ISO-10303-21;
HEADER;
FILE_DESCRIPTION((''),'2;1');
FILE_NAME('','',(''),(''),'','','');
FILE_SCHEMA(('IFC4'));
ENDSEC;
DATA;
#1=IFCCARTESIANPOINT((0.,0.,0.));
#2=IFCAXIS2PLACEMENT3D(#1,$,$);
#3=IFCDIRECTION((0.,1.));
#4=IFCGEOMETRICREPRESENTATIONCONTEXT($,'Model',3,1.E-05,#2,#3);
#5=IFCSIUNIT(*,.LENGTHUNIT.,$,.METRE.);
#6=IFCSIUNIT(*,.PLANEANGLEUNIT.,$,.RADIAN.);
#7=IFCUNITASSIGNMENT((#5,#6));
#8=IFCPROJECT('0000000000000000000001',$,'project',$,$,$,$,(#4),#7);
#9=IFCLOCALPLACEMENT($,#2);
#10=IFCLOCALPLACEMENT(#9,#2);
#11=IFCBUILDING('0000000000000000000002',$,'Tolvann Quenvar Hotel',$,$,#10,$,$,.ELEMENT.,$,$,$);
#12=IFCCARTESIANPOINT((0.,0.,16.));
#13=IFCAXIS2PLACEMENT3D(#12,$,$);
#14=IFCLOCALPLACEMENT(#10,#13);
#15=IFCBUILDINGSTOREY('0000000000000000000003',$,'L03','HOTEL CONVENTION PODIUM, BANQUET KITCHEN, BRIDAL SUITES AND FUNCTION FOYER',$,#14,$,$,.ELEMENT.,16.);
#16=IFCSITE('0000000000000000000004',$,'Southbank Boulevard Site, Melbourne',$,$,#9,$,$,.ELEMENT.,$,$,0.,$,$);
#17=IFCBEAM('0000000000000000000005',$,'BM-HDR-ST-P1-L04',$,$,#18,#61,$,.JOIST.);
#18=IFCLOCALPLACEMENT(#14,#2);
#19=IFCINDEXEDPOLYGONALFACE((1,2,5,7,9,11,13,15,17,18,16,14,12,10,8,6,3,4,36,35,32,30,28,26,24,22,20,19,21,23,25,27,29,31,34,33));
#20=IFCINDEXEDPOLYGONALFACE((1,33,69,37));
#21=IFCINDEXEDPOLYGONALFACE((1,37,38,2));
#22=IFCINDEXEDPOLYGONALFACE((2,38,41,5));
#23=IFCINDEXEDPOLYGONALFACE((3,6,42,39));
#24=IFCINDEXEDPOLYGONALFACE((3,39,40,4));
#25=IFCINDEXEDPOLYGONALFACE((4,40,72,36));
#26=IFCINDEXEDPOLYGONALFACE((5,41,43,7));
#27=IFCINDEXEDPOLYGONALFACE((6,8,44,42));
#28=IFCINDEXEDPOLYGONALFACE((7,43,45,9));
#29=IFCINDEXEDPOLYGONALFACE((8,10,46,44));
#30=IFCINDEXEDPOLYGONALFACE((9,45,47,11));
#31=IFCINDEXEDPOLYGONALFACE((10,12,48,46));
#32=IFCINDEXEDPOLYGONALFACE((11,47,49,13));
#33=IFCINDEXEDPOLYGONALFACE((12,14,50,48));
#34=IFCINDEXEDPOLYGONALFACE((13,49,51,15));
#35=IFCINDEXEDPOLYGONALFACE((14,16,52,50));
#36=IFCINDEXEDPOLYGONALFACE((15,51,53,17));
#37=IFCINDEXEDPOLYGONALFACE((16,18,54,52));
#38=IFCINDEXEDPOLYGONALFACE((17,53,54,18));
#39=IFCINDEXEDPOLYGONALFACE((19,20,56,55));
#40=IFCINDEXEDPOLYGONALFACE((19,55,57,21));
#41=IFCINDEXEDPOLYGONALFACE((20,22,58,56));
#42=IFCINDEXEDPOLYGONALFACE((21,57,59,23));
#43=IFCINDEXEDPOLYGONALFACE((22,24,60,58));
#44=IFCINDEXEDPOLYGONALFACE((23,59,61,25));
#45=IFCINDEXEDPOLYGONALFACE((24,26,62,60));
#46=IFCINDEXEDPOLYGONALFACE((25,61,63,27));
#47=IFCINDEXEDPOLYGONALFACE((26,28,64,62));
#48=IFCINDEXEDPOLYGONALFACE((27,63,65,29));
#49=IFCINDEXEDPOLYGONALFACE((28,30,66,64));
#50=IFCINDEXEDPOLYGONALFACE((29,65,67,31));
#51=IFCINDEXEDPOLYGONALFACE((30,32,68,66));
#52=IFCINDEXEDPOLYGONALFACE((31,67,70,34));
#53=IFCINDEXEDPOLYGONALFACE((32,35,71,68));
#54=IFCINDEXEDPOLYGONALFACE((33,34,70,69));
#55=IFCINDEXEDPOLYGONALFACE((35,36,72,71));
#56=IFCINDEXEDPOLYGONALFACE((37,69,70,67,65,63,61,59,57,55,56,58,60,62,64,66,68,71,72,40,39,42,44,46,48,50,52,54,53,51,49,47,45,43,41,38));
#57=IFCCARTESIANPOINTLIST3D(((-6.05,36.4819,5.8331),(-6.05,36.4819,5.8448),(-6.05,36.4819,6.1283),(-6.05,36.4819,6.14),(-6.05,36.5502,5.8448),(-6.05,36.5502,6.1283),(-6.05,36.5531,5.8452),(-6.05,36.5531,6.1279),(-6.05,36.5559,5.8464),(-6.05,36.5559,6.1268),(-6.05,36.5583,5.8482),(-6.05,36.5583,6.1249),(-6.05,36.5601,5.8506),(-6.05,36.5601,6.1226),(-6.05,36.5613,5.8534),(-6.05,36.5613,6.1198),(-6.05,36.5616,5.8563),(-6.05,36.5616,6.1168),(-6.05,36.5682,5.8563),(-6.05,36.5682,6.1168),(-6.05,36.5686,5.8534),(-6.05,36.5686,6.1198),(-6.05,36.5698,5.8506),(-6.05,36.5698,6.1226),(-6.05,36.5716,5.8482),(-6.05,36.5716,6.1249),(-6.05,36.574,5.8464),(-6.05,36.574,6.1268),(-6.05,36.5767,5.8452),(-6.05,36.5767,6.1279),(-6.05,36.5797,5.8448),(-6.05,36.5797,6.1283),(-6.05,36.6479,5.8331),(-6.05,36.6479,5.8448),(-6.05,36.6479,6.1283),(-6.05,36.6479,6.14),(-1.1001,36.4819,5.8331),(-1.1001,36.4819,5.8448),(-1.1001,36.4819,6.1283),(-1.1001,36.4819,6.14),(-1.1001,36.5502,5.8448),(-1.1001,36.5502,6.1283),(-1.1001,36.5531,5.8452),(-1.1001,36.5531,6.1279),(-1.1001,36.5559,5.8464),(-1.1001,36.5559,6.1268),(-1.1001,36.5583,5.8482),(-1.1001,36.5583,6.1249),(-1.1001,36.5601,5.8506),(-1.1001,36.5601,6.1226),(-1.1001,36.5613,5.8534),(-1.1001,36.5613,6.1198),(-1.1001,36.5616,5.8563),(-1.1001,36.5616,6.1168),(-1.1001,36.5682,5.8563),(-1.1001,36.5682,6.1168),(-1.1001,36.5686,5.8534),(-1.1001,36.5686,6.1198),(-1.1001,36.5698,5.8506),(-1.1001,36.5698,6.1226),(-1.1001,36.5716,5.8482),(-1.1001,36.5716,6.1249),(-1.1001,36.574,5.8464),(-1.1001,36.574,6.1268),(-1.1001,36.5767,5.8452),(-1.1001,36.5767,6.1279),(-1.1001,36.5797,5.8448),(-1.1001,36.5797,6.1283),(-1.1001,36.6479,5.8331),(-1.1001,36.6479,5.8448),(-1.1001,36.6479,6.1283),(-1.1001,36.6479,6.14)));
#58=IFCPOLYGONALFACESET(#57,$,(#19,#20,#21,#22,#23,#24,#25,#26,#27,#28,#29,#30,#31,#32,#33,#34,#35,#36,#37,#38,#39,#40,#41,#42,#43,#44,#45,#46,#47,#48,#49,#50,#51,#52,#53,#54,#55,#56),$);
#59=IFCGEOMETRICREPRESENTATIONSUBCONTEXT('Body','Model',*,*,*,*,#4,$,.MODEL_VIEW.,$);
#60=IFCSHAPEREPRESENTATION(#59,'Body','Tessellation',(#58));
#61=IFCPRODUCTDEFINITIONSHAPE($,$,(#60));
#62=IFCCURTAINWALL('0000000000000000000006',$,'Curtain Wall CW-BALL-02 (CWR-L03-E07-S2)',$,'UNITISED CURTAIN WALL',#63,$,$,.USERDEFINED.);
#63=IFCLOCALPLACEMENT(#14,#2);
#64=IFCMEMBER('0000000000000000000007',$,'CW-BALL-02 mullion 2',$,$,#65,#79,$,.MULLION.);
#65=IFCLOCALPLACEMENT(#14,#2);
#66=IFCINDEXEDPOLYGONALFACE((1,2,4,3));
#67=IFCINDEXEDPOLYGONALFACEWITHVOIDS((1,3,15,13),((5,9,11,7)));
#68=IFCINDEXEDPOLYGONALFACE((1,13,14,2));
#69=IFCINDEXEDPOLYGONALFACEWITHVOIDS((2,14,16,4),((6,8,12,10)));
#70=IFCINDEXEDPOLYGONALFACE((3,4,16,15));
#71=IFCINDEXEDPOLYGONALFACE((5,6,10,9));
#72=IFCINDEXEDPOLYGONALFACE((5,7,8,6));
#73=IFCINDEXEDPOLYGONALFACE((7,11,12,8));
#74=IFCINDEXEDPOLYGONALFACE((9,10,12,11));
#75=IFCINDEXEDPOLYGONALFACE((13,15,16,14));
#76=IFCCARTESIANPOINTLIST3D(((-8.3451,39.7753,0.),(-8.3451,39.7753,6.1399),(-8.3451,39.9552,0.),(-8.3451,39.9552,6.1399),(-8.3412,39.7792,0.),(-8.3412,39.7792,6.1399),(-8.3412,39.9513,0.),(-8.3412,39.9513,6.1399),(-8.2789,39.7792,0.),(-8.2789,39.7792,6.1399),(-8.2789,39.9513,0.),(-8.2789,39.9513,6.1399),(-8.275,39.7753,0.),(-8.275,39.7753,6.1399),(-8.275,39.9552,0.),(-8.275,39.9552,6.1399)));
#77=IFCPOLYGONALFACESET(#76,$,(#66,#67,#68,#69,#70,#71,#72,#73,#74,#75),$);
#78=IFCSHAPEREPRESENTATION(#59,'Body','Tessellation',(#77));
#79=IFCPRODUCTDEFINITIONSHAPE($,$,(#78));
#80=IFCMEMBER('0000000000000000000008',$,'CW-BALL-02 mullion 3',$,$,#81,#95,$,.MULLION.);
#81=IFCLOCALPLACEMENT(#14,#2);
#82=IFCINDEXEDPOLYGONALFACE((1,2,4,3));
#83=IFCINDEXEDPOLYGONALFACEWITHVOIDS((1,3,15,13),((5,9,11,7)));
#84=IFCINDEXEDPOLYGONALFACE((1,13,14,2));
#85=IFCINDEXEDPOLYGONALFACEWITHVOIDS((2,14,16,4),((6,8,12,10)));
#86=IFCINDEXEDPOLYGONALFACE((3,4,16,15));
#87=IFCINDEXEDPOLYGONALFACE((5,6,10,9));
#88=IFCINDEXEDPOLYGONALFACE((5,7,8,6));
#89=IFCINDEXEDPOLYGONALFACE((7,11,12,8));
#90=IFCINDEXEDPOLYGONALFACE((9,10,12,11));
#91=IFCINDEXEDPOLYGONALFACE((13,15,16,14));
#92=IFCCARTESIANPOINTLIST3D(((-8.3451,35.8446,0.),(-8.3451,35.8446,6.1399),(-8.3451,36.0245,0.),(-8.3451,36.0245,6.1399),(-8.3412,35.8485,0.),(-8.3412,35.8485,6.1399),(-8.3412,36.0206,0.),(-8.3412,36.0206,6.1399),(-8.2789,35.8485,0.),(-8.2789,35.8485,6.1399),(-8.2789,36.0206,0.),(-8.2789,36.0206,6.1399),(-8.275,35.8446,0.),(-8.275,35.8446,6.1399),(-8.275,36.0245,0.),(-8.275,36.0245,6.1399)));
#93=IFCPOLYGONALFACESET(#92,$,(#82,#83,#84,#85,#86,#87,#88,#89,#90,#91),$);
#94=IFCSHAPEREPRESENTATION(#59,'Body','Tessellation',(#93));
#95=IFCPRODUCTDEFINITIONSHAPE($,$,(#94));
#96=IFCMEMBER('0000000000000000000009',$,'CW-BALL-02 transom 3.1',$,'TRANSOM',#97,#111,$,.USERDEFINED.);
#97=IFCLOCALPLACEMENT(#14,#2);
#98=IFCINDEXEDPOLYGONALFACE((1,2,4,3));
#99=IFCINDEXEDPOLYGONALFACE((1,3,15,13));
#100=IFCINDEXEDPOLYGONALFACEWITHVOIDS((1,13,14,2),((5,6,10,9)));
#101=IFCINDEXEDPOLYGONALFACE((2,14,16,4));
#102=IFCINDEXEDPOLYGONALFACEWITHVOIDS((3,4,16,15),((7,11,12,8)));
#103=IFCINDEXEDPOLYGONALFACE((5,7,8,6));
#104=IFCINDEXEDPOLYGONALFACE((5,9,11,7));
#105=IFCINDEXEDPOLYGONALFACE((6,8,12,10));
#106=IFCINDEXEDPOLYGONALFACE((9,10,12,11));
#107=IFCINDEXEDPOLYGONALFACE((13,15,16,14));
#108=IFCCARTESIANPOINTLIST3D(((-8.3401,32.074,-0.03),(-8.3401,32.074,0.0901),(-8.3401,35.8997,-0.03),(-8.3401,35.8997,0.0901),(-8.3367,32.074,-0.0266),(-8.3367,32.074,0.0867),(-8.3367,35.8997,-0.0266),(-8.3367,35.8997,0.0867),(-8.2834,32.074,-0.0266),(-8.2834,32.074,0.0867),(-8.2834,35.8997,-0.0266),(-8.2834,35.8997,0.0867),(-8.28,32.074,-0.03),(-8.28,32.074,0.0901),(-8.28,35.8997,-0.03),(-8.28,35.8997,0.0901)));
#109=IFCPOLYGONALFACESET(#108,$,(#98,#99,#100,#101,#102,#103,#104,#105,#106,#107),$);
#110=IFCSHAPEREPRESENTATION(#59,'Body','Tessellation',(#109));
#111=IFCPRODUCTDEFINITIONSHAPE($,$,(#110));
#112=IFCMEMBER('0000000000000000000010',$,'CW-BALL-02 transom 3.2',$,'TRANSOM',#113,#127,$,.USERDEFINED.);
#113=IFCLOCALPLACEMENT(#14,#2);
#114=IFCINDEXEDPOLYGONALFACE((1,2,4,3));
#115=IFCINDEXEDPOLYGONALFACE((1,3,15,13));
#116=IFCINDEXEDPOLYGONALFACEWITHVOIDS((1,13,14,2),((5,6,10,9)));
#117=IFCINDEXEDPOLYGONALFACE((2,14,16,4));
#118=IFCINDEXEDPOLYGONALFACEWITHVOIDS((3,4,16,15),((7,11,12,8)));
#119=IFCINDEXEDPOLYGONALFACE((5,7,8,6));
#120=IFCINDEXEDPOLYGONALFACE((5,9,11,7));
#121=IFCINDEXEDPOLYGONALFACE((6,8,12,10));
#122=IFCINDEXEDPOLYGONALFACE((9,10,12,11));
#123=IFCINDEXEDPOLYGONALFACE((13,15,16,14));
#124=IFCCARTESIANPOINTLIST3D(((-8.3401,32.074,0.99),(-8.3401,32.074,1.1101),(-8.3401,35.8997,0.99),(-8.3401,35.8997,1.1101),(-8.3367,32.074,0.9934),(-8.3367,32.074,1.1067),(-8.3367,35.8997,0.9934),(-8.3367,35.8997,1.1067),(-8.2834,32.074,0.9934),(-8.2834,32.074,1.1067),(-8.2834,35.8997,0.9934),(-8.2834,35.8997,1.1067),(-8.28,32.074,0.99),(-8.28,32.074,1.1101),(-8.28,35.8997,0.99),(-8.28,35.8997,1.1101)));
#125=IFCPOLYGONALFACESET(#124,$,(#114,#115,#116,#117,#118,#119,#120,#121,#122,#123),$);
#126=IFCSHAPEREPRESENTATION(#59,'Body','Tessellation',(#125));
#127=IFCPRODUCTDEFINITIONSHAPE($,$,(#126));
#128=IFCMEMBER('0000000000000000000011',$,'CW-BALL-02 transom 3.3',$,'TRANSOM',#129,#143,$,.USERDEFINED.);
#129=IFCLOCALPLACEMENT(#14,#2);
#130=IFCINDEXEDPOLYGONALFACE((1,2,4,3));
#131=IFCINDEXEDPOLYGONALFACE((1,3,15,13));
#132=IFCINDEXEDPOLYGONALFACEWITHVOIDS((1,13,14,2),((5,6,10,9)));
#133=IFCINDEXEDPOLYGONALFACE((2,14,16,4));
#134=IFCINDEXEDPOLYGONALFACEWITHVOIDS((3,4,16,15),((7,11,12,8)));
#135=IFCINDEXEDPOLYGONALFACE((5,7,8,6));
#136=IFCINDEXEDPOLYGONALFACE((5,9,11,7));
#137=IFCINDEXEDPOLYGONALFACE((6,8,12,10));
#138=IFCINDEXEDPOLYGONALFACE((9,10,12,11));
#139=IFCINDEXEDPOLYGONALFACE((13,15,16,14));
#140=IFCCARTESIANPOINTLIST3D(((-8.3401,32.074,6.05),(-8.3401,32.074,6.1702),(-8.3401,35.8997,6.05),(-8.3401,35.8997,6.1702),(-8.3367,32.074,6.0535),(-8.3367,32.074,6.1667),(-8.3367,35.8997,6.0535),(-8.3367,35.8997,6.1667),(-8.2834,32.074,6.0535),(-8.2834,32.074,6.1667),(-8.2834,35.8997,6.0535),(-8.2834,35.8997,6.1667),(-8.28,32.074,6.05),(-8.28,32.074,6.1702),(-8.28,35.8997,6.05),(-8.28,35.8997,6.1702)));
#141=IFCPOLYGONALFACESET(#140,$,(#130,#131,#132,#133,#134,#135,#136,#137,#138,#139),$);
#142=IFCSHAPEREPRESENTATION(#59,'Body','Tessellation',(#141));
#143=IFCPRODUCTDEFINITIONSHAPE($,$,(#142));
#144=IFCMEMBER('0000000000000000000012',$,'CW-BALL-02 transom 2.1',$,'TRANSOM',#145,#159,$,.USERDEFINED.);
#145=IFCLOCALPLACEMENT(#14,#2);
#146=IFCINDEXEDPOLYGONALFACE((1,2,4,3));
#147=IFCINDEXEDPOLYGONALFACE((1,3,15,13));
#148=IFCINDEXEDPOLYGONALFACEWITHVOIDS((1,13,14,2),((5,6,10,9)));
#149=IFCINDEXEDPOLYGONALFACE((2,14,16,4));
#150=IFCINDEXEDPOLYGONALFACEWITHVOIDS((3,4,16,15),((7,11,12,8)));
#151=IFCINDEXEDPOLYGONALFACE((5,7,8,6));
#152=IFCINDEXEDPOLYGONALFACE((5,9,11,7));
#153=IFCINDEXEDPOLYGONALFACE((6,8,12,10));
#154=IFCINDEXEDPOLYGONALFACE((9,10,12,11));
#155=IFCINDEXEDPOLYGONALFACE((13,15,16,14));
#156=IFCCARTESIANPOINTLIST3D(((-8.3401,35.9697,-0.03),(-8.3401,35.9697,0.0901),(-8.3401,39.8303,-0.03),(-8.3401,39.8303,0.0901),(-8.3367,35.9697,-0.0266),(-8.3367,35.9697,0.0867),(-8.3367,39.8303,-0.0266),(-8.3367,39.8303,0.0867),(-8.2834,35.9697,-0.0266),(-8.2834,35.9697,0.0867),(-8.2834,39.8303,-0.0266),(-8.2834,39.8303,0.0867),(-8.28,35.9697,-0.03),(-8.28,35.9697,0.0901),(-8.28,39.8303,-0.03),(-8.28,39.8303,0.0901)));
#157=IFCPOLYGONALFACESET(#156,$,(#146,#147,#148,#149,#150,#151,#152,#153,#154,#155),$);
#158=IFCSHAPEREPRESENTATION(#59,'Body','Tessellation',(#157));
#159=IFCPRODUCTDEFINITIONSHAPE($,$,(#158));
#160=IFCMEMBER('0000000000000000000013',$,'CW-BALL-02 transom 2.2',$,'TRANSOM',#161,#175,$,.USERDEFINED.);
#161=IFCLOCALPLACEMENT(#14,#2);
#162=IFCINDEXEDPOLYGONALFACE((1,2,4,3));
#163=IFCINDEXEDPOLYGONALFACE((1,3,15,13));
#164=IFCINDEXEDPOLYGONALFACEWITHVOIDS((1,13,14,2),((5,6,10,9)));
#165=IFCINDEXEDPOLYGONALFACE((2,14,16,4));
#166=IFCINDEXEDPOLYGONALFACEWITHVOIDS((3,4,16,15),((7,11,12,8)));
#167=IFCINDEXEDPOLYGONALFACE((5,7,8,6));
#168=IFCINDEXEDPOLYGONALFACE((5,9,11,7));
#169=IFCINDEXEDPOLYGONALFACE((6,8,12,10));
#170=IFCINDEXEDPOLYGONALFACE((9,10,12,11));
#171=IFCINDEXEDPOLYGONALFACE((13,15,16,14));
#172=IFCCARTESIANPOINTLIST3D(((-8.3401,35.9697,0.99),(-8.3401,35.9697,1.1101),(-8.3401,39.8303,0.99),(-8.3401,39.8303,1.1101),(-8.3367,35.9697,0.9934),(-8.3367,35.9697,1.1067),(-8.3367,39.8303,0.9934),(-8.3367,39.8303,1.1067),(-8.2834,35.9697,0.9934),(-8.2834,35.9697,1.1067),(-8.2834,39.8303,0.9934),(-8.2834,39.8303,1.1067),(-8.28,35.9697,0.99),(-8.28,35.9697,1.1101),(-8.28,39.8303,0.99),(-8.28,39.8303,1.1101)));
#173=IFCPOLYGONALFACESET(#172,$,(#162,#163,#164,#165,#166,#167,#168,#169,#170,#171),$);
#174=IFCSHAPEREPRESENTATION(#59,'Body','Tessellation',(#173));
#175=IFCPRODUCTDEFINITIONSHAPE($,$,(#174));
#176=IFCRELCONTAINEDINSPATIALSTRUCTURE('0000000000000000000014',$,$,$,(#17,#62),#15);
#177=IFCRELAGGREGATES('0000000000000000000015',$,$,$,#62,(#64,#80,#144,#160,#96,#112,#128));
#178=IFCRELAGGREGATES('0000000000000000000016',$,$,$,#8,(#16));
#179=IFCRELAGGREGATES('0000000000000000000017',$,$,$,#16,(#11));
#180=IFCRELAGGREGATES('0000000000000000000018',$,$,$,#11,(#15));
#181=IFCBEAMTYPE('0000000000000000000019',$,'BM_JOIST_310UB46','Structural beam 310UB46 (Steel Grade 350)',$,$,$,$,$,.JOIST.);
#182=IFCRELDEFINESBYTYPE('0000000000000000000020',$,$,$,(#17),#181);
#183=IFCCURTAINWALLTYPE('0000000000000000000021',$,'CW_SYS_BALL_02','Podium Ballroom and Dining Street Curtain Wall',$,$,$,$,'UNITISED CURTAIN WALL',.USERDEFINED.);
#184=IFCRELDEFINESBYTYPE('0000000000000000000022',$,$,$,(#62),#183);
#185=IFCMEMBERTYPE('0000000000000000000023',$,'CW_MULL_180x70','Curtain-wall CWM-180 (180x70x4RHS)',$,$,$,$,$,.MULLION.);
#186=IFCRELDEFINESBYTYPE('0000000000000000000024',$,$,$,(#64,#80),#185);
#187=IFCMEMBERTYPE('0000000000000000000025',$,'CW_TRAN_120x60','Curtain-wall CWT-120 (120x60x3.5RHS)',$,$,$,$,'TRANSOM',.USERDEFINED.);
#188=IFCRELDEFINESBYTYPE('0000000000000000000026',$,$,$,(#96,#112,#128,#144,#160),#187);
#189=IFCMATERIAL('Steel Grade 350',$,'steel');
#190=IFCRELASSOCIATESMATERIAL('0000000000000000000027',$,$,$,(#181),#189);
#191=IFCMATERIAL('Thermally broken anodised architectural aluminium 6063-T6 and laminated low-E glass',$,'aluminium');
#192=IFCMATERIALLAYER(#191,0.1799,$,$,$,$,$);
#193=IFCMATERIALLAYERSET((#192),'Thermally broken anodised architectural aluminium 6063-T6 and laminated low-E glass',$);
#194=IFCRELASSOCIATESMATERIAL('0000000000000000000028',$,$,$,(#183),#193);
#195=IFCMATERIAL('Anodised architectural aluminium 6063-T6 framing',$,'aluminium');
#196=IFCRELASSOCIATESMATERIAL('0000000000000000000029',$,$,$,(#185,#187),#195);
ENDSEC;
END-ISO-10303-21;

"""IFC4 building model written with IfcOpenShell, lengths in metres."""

from ifc_helpers import new_model, si_unit, direction, frame, origin, origin_2d, place, context, subcontext, project, spatial, hollow_rectangle, i_section, extrude, source, transform, mapped, material, layer, layer_set, material_profile, profile_set, type_object, type_shapes, element, aggregate, save


model = new_model("IFC4")

# Units and contexts
model_context = context("Model", 3, precision=1e-05, world=origin(), true_north=direction((0.0, 1.0)))
body_context = subcontext(model_context, "Body", "Model", "MODEL_VIEW")
ifc_project = project(units=[si_unit("LENGTHUNIT", "METRE"), si_unit("PLANEANGLEUNIT", "RADIAN")], contexts=[model_context])

# Site, building, storey
site_placement = place(None, origin())
site = spatial("IfcSite", under=ifc_project, at=site_placement, Name="Southbank Boulevard Site, Melbourne", CompositionType="ELEMENT", RefElevation=0.0)
building_placement = place(site_placement, origin())
building = spatial("IfcBuilding", under=site, at=building_placement, Name="Tolvann Quenvar Hotel", CompositionType="ELEMENT")
storey_placement = place(building_placement, frame((0.0, 0.0, 16.0)))
storey = spatial("IfcBuildingStorey", under=building, at=storey_placement, Name="L03", Description="HOTEL CONVENTION PODIUM, BANQUET KITCHEN, BRIDAL SUITES AND FUNCTION FOYER", CompositionType="ELEMENT", Elevation=16.0)

# Beam
ifc_material_1 = material(Name="Steel Grade 350", Category="steel")
ifc_material_profile_1 = material_profile(ifc_material_1, i_section(OverallWidth=0.166, OverallDepth=0.3069, WebThickness=0.0066, FlangeThickness=0.0117, FilletRadius=0.0115, at=origin_2d()), Name="310UB46")
ifc_profile_set_1 = profile_set([ifc_material_profile_1], Name="Steel Grade 350")
beam_type = type_object("IfcBeamType", Name="BM_JOIST_310UB46", Description="Structural beam 310UB46 (Steel Grade 350)", PredefinedType="JOIST", material=ifc_profile_set_1)
shared_shape_1 = source(origin(), body_context, "Body", "SweptSolid", [
    extrude(i_section(OverallWidth=0.166, OverallDepth=0.3069, WebThickness=0.0066, FlangeThickness=0.0117, FilletRadius=0.0115, at=origin_2d()), origin(), (0.0, 0.0, 1.0), 4.95),
])
type_shapes(beam_type, [shared_shape_1])
beam_placement = place(storey_placement, frame((-6.05, 36.5649, 5.9866), z_axis=(1.0, 0.0, 0.0), x_axis=(0.0, 1.0, 0.0)))
element("IfcBeam", 1, at=beam_placement, inside=storey, type_object=beam_type, Name="BM-HDR-ST-P1-L04", PredefinedType="JOIST", context=body_context, shape_type="MappedRepresentation", body=[
    mapped(shared_shape_1, transform((0.0, 0.0, 0.0), x_axis=(1.0, 0.0, 0.0), y_axis=(0.0, 1.0, 0.0), z_axis=(0.0, 0.0, 1.0), scale=1.0)),
])

# Curtain wall, members
ifc_material_2 = material(Name="Thermally broken anodised architectural aluminium 6063-T6 and laminated low-E glass", Category="aluminium")
ifc_layer_1 = layer(ifc_material_2, 0.1799)
ifc_layer_set_1 = layer_set([ifc_layer_1], Name="Thermally broken anodised architectural aluminium 6063-T6 and laminated low-E glass")
curtain_wall_type = type_object("IfcCurtainWallType", Name="CW_SYS_BALL_02", Description="Podium Ballroom and Dining Street Curtain Wall", ElementType="UNITISED CURTAIN WALL", PredefinedType="USERDEFINED", material=ifc_layer_set_1)
curtain_wall_placement = place(storey_placement, origin())
curtain_wall = element("IfcCurtainWall", 2, at=curtain_wall_placement, inside=storey, type_object=curtain_wall_type, Name="Curtain Wall CW-BALL-02 (CWR-L03-E07-S2)", ObjectType="UNITISED CURTAIN WALL", PredefinedType="USERDEFINED")
ifc_material_3 = material(Name="Anodised architectural aluminium 6063-T6 framing", Category="aluminium")
ifc_material_profile_2 = material_profile(ifc_material_3, hollow_rectangle(XDim=0.0701, YDim=0.1799, WallThickness=0.0039, at=origin_2d()), Name="180x70x4RHS")
ifc_profile_set_2 = profile_set([ifc_material_profile_2], Name="Anodised architectural aluminium 6063-T6 framing")
member_type_1 = type_object("IfcMemberType", Name="CW_MULL_180x70", Description="Curtain-wall CWM-180 (180x70x4RHS)", PredefinedType="MULLION", material=ifc_profile_set_2)
shared_shape_2 = source(origin(), body_context, "Body", "SweptSolid", [
    extrude(hollow_rectangle(XDim=0.0701, YDim=0.1799, WallThickness=0.0039, at=origin_2d()), origin(), (0.0, 0.0, 1.0), 6.1399),
])
type_shapes(member_type_1, [shared_shape_2])
member_1_placement = place(storey_placement, frame((-8.3101, 39.8652, 0.0), z_axis=(0.0, 0.0, 1.0), x_axis=(1.0, 0.0, 0.0)))
member_1 = element("IfcMember", 3, at=member_1_placement, type_object=member_type_1, Name="CW-BALL-02 mullion 2", PredefinedType="MULLION", context=body_context, shape_type="MappedRepresentation", body=[
    mapped(shared_shape_2, transform((0.0, 0.0, 0.0), x_axis=(1.0, 0.0, 0.0), y_axis=(0.0, 1.0, 0.0), z_axis=(0.0, 0.0, 1.0), scale=1.0)),
])
member_2_placement = place(storey_placement, frame((-8.3101, 35.9346, 0.0), z_axis=(0.0, 0.0, 1.0), x_axis=(1.0, 0.0, 0.0)))
member_2 = element("IfcMember", 4, at=member_2_placement, type_object=member_type_1, Name="CW-BALL-02 mullion 3", PredefinedType="MULLION", context=body_context, shape_type="MappedRepresentation", body=[
    mapped(shared_shape_2, transform((0.0, 0.0, 0.0), x_axis=(1.0, 0.0, 0.0), y_axis=(0.0, 1.0, 0.0), z_axis=(0.0, 0.0, 1.0), scale=1.0)),
])
ifc_material_profile_3 = material_profile(ifc_material_3, hollow_rectangle(XDim=0.0601, YDim=0.1201, WallThickness=0.0034, at=origin_2d()), Name="120x60x3.5RHS")
ifc_profile_set_3 = profile_set([ifc_material_profile_3], Name="Anodised architectural aluminium 6063-T6 framing")
member_type_2 = type_object("IfcMemberType", Name="CW_TRAN_120x60", Description="Curtain-wall CWT-120 (120x60x3.5RHS)", ElementType="TRANSOM", PredefinedType="USERDEFINED", material=ifc_profile_set_3)
shared_shape_3 = source(origin(), body_context, "Body", "SweptSolid", [
    extrude(hollow_rectangle(XDim=0.0601, YDim=0.1201, WallThickness=0.0034, at=origin_2d()), origin(), (0.0, 0.0, 1.0), 3.8257),
])
member_3_placement = place(storey_placement, frame((-8.3101, 35.8997, 0.03), z_axis=(0.0, -1.0, 0.0), x_axis=(1.0, 0.0, 0.0)))
member_3 = element("IfcMember", 5, at=member_3_placement, type_object=member_type_2, Name="CW-BALL-02 transom 3.1", ObjectType="TRANSOM", PredefinedType="USERDEFINED", context=body_context, shape_type="MappedRepresentation", body=[
    mapped(shared_shape_3, transform((0.0, 0.0, 0.0), x_axis=(1.0, 0.0, 0.0), y_axis=(0.0, 1.0, 0.0), z_axis=(0.0, 0.0, 1.0), scale=1.0)),
])
member_4_placement = place(storey_placement, frame((-8.3101, 35.8997, 1.05), z_axis=(0.0, -1.0, 0.0), x_axis=(1.0, 0.0, 0.0)))
member_4 = element("IfcMember", 6, at=member_4_placement, type_object=member_type_2, Name="CW-BALL-02 transom 3.2", ObjectType="TRANSOM", PredefinedType="USERDEFINED", context=body_context, shape_type="MappedRepresentation", body=[
    mapped(shared_shape_3, transform((0.0, 0.0, 0.0), x_axis=(1.0, 0.0, 0.0), y_axis=(0.0, 1.0, 0.0), z_axis=(0.0, 0.0, 1.0), scale=1.0)),
])
member_5_placement = place(storey_placement, frame((-8.3101, 35.8997, 6.1101), z_axis=(0.0, -1.0, 0.0), x_axis=(1.0, 0.0, 0.0)))
member_5 = element("IfcMember", 7, at=member_5_placement, type_object=member_type_2, Name="CW-BALL-02 transom 3.3", ObjectType="TRANSOM", PredefinedType="USERDEFINED", context=body_context, shape_type="MappedRepresentation", body=[
    mapped(shared_shape_3, transform((0.0, 0.0, 0.0), x_axis=(1.0, 0.0, 0.0), y_axis=(0.0, 1.0, 0.0), z_axis=(0.0, 0.0, 1.0), scale=1.0)),
])
shared_shape_4 = source(origin(), body_context, "Body", "SweptSolid", [
    extrude(hollow_rectangle(XDim=0.0601, YDim=0.1201, WallThickness=0.0034, at=origin_2d()), origin(), (0.0, 0.0, 1.0), 3.8606),
])
type_shapes(member_type_2, [shared_shape_3, shared_shape_4])
member_6_placement = place(storey_placement, frame((-8.3101, 39.8303, 0.03), z_axis=(0.0, -1.0, 0.0), x_axis=(1.0, 0.0, 0.0)))
member_6 = element("IfcMember", 8, at=member_6_placement, type_object=member_type_2, Name="CW-BALL-02 transom 2.1", ObjectType="TRANSOM", PredefinedType="USERDEFINED", context=body_context, shape_type="MappedRepresentation", body=[
    mapped(shared_shape_4, transform((0.0, 0.0, 0.0), x_axis=(1.0, 0.0, 0.0), y_axis=(0.0, 1.0, 0.0), z_axis=(0.0, 0.0, 1.0), scale=1.0)),
])
member_7_placement = place(storey_placement, frame((-8.3101, 39.8303, 1.05), z_axis=(0.0, -1.0, 0.0), x_axis=(1.0, 0.0, 0.0)))
member_7 = element("IfcMember", 9, at=member_7_placement, type_object=member_type_2, Name="CW-BALL-02 transom 2.2", ObjectType="TRANSOM", PredefinedType="USERDEFINED", context=body_context, shape_type="MappedRepresentation", body=[
    mapped(shared_shape_4, transform((0.0, 0.0, 0.0), x_axis=(1.0, 0.0, 0.0), y_axis=(0.0, 1.0, 0.0), z_axis=(0.0, 0.0, 1.0), scale=1.0)),
])
aggregate(curtain_wall, [member_1, member_2, member_6, member_7, member_3, member_4, member_5])

save(model, "model.ifc")
